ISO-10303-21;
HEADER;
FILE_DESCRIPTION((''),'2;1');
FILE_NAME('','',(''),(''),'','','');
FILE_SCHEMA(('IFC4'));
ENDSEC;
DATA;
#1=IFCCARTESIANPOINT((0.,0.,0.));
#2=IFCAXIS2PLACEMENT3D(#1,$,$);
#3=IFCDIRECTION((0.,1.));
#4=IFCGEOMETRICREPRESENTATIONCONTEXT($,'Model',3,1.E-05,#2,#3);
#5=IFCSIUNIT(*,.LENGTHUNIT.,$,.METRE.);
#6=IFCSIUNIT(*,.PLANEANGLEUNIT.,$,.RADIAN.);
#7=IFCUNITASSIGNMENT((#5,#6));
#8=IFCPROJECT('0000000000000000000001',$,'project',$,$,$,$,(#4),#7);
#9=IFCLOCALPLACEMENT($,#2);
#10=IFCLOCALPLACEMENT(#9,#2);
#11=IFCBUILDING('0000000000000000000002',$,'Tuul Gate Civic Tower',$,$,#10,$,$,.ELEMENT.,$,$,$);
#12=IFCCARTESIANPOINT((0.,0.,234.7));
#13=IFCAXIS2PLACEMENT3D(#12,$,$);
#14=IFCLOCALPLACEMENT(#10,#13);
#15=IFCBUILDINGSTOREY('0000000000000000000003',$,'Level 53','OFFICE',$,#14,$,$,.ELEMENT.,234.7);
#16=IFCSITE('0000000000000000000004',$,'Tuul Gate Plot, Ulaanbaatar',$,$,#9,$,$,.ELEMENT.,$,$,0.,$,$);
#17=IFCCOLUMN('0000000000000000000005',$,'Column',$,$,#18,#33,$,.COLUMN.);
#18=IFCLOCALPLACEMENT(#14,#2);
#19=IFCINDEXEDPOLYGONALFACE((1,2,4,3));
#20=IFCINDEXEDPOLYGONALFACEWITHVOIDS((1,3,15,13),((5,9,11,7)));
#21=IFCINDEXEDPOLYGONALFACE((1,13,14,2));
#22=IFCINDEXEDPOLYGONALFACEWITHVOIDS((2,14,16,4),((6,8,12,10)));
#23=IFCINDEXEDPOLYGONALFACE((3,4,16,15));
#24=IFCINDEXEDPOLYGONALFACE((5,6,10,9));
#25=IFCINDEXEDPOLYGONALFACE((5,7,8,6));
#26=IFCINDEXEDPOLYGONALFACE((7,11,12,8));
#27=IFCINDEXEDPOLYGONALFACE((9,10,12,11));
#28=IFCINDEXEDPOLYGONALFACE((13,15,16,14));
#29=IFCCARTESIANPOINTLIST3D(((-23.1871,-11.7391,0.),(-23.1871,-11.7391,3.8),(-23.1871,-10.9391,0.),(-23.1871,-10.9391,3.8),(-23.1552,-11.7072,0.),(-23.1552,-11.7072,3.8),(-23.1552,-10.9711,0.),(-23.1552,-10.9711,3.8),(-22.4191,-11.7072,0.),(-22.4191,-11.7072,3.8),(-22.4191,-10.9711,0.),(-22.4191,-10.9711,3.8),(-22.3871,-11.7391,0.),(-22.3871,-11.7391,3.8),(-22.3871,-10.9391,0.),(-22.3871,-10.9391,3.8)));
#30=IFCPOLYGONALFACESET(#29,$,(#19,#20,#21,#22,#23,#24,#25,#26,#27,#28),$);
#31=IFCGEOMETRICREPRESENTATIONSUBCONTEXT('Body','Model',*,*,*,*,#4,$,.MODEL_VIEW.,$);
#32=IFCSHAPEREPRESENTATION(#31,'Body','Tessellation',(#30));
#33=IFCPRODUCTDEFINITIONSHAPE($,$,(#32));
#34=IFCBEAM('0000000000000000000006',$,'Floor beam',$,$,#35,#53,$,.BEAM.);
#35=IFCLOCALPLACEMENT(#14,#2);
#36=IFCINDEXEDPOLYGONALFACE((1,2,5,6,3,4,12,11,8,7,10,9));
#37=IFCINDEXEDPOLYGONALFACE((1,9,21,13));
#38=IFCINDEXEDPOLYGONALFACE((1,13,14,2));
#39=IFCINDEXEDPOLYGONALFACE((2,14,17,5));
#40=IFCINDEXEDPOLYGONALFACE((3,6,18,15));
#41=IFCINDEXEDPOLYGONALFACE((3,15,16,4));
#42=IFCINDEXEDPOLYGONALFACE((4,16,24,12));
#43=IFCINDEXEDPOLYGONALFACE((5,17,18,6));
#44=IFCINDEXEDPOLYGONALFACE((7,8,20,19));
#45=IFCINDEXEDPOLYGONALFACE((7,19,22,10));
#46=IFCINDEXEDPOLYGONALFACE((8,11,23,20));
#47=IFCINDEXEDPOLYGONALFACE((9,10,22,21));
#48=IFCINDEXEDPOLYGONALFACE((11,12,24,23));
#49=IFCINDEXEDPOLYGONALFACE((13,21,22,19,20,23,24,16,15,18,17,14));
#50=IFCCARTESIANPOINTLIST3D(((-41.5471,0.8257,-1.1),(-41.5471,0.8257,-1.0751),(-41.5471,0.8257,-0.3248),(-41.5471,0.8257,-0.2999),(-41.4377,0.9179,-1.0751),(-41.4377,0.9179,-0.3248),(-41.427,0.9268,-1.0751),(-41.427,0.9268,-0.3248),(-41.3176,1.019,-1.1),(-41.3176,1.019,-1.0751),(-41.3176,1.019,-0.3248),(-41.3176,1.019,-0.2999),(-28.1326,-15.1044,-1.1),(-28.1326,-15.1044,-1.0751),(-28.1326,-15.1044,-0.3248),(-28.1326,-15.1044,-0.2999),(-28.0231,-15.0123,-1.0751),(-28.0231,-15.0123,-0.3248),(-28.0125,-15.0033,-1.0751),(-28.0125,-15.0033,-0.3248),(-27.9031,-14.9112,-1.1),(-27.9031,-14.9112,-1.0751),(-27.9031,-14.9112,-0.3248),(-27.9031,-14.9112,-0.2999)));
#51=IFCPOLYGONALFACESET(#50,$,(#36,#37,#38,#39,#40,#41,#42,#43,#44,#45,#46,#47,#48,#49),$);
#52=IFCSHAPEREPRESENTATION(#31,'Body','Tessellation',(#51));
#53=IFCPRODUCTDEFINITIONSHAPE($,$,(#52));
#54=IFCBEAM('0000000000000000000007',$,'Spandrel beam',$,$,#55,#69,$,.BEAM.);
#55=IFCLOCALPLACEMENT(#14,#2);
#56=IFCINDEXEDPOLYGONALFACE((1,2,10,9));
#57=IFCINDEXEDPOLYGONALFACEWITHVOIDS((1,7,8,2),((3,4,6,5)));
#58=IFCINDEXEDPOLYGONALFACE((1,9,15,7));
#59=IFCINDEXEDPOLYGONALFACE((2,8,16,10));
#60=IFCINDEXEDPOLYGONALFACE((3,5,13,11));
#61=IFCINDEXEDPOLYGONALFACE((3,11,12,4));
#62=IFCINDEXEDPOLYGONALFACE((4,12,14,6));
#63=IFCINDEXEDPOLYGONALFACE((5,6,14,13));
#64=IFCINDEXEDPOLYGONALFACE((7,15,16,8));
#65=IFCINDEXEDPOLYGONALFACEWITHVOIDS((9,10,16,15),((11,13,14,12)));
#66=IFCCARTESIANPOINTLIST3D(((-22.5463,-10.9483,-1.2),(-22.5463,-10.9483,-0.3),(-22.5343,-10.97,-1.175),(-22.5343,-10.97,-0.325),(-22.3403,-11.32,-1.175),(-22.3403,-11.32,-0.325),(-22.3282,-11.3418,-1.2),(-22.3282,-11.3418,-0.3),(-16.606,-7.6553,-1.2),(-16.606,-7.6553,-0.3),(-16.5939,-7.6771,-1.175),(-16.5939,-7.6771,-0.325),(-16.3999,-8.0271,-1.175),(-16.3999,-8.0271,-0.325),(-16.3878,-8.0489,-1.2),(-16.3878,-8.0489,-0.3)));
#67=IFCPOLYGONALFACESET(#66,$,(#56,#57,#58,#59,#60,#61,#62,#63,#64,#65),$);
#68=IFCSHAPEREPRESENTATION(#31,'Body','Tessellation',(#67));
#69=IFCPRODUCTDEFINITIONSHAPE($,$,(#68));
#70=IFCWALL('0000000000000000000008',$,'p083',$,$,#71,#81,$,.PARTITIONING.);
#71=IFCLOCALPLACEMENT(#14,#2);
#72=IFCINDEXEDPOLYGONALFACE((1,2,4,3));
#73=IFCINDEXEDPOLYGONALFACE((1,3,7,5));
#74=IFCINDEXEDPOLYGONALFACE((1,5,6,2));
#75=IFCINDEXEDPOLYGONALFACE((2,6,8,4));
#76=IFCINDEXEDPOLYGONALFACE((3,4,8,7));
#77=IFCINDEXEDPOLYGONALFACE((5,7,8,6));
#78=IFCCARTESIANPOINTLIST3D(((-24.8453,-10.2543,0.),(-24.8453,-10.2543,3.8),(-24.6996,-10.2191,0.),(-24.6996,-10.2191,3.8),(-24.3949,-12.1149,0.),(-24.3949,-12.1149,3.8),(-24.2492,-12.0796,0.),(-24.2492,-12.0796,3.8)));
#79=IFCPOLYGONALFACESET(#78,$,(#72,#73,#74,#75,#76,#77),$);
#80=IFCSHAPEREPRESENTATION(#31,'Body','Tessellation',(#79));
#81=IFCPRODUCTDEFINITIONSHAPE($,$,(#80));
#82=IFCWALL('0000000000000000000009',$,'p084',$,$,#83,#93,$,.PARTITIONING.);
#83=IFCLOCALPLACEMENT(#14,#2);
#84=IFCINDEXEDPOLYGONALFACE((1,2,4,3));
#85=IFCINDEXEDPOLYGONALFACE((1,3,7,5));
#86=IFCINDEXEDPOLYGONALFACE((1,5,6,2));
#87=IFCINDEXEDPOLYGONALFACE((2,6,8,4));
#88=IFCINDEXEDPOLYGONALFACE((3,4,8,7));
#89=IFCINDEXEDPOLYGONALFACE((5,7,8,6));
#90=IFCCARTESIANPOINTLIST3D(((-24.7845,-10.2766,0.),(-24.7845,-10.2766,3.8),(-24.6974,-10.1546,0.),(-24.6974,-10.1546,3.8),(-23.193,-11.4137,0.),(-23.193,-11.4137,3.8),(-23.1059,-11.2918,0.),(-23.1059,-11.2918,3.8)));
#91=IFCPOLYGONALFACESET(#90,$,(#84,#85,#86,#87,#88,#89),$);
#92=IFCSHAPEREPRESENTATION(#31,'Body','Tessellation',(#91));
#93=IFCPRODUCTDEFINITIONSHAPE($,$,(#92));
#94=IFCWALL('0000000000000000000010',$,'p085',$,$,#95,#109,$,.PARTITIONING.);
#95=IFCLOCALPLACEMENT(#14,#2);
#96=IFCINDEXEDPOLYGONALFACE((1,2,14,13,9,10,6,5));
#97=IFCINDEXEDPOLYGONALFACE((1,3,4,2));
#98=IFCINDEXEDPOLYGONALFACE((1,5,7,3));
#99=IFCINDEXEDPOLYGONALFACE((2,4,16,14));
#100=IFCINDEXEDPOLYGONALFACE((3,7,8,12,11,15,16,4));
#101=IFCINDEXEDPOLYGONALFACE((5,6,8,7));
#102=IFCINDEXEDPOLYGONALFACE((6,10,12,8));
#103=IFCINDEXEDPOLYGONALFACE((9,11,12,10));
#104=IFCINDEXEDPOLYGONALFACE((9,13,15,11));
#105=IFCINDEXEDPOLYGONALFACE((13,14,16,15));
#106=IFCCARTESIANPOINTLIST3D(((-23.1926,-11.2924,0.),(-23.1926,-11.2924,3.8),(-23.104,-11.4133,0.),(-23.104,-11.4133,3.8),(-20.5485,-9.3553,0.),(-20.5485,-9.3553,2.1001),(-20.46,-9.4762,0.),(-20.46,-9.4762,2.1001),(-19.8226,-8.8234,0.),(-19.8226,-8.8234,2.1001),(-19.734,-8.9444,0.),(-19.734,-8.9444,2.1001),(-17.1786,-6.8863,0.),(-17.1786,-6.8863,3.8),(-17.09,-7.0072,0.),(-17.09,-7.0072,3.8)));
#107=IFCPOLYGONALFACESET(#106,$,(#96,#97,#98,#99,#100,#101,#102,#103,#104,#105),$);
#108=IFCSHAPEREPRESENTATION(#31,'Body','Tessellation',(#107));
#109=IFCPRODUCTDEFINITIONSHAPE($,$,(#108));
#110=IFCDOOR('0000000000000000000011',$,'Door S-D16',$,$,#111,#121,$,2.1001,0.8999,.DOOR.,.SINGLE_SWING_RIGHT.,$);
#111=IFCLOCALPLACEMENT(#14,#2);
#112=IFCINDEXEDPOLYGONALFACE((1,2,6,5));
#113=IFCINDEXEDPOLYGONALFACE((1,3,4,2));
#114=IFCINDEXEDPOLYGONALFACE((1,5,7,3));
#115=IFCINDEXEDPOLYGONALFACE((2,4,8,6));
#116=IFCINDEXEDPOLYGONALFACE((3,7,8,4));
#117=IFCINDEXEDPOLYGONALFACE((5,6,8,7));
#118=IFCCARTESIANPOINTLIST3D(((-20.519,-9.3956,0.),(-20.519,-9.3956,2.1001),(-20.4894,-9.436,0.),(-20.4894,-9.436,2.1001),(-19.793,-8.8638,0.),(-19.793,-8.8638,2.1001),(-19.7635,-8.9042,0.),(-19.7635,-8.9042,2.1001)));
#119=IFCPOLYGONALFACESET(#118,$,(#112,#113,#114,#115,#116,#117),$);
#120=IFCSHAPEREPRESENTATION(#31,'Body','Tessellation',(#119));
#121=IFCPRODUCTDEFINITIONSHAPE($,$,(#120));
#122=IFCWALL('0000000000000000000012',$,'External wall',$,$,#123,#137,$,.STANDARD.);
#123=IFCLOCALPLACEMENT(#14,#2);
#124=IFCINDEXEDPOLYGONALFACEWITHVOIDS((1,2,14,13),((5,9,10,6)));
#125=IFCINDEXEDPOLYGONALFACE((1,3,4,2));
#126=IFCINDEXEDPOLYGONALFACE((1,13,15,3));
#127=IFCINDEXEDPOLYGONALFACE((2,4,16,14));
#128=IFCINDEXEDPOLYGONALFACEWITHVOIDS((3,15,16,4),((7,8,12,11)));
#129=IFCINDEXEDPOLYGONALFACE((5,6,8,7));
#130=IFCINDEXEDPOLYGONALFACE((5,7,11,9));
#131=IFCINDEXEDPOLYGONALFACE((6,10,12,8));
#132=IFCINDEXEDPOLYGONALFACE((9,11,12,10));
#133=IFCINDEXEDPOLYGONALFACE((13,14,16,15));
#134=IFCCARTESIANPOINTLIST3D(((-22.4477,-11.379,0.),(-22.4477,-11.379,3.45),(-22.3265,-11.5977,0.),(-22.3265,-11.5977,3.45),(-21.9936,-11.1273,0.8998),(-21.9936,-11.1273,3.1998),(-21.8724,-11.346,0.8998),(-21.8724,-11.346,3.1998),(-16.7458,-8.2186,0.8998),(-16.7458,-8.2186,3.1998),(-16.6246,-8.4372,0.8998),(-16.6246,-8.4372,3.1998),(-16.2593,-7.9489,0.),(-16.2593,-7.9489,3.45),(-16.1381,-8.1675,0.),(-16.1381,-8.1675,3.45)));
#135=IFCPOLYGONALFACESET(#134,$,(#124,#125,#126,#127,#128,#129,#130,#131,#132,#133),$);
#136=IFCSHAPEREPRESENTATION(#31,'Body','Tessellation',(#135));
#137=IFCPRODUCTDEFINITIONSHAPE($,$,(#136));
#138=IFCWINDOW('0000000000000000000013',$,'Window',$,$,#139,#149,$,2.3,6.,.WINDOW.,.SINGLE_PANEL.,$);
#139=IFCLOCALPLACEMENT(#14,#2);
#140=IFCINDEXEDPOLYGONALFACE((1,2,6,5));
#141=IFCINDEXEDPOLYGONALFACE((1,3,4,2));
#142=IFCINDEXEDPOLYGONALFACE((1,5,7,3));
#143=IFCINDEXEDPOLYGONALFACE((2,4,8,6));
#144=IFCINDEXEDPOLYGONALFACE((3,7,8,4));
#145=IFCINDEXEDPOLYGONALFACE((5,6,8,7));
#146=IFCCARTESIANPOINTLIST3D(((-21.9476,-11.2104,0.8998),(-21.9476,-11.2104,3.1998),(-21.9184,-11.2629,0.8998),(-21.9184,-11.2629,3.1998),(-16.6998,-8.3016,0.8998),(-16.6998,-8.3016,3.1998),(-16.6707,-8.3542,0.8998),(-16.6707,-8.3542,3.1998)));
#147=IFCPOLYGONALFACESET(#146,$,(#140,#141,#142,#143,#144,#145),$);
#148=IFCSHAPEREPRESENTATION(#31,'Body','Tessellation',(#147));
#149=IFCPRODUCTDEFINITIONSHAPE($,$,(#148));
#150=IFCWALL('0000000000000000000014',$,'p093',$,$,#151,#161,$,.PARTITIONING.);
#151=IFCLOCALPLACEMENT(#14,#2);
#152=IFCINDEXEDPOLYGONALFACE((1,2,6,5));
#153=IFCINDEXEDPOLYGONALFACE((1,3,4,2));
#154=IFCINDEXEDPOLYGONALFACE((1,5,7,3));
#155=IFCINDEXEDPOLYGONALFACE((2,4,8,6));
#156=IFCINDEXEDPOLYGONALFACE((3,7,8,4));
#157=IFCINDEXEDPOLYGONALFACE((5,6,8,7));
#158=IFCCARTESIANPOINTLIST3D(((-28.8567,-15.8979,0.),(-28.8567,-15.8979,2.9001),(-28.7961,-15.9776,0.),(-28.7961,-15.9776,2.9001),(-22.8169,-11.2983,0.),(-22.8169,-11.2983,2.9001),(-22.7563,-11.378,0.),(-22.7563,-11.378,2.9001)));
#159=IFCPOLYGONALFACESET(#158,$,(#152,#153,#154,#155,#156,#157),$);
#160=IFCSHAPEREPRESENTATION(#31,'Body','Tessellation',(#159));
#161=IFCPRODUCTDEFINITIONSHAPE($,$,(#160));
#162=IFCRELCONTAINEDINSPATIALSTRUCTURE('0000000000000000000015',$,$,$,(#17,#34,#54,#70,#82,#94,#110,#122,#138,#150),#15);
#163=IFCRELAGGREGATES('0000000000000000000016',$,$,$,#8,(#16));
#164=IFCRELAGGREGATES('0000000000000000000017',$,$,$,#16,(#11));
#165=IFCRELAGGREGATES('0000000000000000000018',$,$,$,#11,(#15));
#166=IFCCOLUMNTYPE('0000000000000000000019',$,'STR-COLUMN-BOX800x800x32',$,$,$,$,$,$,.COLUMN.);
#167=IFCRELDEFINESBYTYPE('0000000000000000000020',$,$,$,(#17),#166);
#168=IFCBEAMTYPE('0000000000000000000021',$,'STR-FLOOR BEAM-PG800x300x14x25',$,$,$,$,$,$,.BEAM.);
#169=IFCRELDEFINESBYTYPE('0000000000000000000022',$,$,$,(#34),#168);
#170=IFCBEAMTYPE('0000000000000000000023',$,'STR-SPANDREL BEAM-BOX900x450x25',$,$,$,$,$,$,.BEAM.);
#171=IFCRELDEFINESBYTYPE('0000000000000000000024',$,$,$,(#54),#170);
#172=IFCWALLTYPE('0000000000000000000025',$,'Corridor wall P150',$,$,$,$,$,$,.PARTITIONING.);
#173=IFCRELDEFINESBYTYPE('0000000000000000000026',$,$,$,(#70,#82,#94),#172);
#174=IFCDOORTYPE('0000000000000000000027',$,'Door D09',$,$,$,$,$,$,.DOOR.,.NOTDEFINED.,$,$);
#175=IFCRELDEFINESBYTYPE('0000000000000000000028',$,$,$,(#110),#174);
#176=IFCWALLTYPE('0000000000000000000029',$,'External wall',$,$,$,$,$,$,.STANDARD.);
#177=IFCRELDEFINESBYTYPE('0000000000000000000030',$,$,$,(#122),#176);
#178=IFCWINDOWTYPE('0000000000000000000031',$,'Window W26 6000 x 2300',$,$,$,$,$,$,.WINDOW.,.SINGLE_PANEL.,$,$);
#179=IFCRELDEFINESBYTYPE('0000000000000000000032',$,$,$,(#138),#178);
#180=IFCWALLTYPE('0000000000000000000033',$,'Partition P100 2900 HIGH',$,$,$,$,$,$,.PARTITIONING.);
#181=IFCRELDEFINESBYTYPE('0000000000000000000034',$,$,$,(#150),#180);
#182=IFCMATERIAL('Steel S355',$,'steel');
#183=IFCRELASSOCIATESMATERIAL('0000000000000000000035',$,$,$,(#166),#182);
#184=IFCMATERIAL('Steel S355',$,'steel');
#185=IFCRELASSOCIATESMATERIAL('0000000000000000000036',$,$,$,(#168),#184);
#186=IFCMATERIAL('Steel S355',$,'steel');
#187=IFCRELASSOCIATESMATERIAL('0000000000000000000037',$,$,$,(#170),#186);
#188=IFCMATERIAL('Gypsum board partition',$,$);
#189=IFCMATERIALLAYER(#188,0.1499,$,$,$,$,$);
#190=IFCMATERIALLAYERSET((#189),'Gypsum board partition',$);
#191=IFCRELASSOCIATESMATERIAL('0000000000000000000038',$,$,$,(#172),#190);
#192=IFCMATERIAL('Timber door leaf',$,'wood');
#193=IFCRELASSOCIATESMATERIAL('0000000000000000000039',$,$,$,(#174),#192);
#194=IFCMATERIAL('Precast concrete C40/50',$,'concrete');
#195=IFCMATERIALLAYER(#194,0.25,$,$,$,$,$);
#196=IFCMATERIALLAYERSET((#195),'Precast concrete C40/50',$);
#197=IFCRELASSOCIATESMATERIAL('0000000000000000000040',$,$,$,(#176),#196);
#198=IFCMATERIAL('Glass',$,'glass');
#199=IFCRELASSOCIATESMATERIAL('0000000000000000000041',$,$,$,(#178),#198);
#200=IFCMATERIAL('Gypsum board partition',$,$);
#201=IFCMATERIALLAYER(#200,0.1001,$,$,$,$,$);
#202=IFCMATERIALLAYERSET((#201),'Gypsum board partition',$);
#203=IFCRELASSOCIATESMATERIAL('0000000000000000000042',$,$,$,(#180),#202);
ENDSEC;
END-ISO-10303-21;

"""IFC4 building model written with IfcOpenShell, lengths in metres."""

from ifc_helpers import new_model, si_unit, direction, frame, frame_2d, origin, origin_2d, place, context, subcontext, project, spatial, rectangle, hollow_rectangle, i_section, extrude, material, layer, layer_set, material_profile, profile_set, type_object, element, fill, save


model = new_model("IFC4")

# Units and contexts
model_context = context("Model", 3, precision=1e-05, world=origin(), true_north=direction((0.0, 1.0)))
body_context = subcontext(model_context, "Body", "Model", "MODEL_VIEW")
ifc_project = project(units=[si_unit("LENGTHUNIT", "METRE"), si_unit("PLANEANGLEUNIT", "RADIAN")], contexts=[model_context])

# Site, building, storey
site_placement = place(None, origin())
site = spatial("IfcSite", under=ifc_project, at=site_placement, Name="Tuul Gate Plot, Ulaanbaatar", CompositionType="ELEMENT", RefElevation=0.0)
building_placement = place(site_placement, origin())
building = spatial("IfcBuilding", under=site, at=building_placement, Name="Tuul Gate Civic Tower", CompositionType="ELEMENT")
storey_placement = place(building_placement, frame((0.0, 0.0, 234.7)))
storey = spatial("IfcBuildingStorey", under=building, at=storey_placement, Name="Level 53", Description="OFFICE", CompositionType="ELEMENT", Elevation=234.7)

# Column
ifc_material_1 = material(Name="Steel S355", Category="steel")
ifc_material_profile_1 = material_profile(ifc_material_1, hollow_rectangle(XDim=0.8, YDim=0.8, WallThickness=0.032, at=origin_2d()), Name="BOX800x800x32")
ifc_profile_set_1 = profile_set([ifc_material_profile_1], Name="Steel S355")
column_type = type_object("IfcColumnType", Name="STR-COLUMN-BOX800x800x32", PredefinedType="COLUMN", material=ifc_profile_set_1)
column_placement = place(storey_placement, frame((-22.7871, -11.3391, 0.0), z_axis=(0.0, 0.0, 1.0), x_axis=(1.0, 0.0, 0.0)))
element("IfcColumn", 1, at=column_placement, inside=storey, type_object=column_type, Name="Column", PredefinedType="COLUMN", context=body_context, shape_type="SweptSolid", body=[
    extrude(hollow_rectangle(XDim=0.8, YDim=0.8, WallThickness=0.032, at=origin_2d()), origin(), (0.0, 0.0, 1.0), 3.8),
])

# Beams
ifc_material_2 = material(Name="Steel S355", Category="steel")
ifc_material_profile_2 = material_profile(ifc_material_2, i_section(OverallWidth=0.3, OverallDepth=0.8, WebThickness=0.0139, FlangeThickness=0.0249, at=origin_2d()), Name="PG800x300x14x25")
ifc_profile_set_2 = profile_set([ifc_material_profile_2], Name="Steel S355")
beam_type_1 = type_object("IfcBeamType", Name="STR-FLOOR BEAM-PG800x300x14x25", PredefinedType="BEAM", material=ifc_profile_set_2)
beam_1_placement = place(storey_placement, frame((-28.0178, -15.0078, -0.7), z_axis=(-0.644126, 0.764919, 0.0), x_axis=(-0.764919, -0.644126, 0.0)))
element("IfcBeam", 2, at=beam_1_placement, inside=storey, type_object=beam_type_1, Name="Floor beam", PredefinedType="BEAM", context=body_context, shape_type="SweptSolid", body=[
    extrude(i_section(OverallWidth=0.3, OverallDepth=0.8, WebThickness=0.0139, FlangeThickness=0.0249, at=origin_2d()), origin(), (0.0, 0.0, 1.0), 20.8259),
])
ifc_material_3 = material(Name="Steel S355", Category="steel")
ifc_material_profile_3 = material_profile(ifc_material_3, hollow_rectangle(XDim=0.45, YDim=0.8999, WallThickness=0.0249, at=origin_2d()), Name="BOX900x450x25")
ifc_profile_set_3 = profile_set([ifc_material_profile_3], Name="Steel S355")
beam_type_2 = type_object("IfcBeamType", Name="STR-SPANDREL BEAM-BOX900x450x25", PredefinedType="BEAM", material=ifc_profile_set_3)
beam_2_placement = place(storey_placement, frame((-22.4373, -11.145, -0.75), z_axis=(0.874611, 0.484825, 0.0), x_axis=(-0.484825, 0.874611, 0.0)))
element("IfcBeam", 3, at=beam_2_placement, inside=storey, type_object=beam_type_2, Name="Spandrel beam", PredefinedType="BEAM", context=body_context, shape_type="SweptSolid", body=[
    extrude(hollow_rectangle(XDim=0.45, YDim=0.8999, WallThickness=0.0249, at=origin_2d()), origin(), (0.0, 0.0, 1.0), 6.792),
])

# Walls
ifc_material_4 = material(Name="Gypsum board partition")
ifc_layer_1 = layer(ifc_material_4, 0.1499)
ifc_layer_set_1 = layer_set([ifc_layer_1], Name="Gypsum board partition")
wall_type_1 = type_object("IfcWallType", Name="Corridor wall P150", PredefinedType="PARTITIONING", material=ifc_layer_set_1)
wall_1_placement = place(storey_placement, frame((-24.7725, -10.2368, 0.0), z_axis=(0.0, 0.0, 1.0), x_axis=(0.235297, -0.971924, 0.0)))
element("IfcWall", 4, at=wall_1_placement, inside=storey, type_object=wall_type_1, Name="p083", PredefinedType="PARTITIONING", context=body_context, shape_type="SweptSolid", body=[
    extrude(rectangle(XDim=1.9143, YDim=0.1499, at=frame_2d((0.957, 0.0))), origin(), (0.0, 0.0, 1.0), 3.8),
])
wall_2_placement = place(storey_placement, frame((-24.741, -10.2156, 0.0), z_axis=(0.0, 0.0, 1.0), x_axis=(0.813641, -0.581368, 0.0)))
element("IfcWall", 5, at=wall_2_placement, inside=storey, type_object=wall_type_1, Name="p084", PredefinedType="PARTITIONING", context=body_context, shape_type="SweptSolid", body=[
    extrude(rectangle(XDim=1.9561, YDim=0.1499, at=frame_2d((0.978, 0.0))), origin(), (0.0, 0.0, 1.0), 3.8),
])

# Wall, opening, door
wall_3_placement = place(storey_placement, frame((-23.1482, -11.3528, 0.0), z_axis=(0.0, 0.0, 1.0), x_axis=(0.806674, 0.590997, 0.0)))
wall_3 = element("IfcWall", 6, at=wall_3_placement, inside=storey, type_object=wall_type_1, Name="p085", PredefinedType="PARTITIONING", context=body_context, shape_type="SweptSolid", body=[
    extrude(rectangle(XDim=7.4553, YDim=0.1499, at=frame_2d((3.7275, 0.0))), origin(), (0.0, 0.0, 1.0), 3.8),
])
opening_1_placement = place(wall_3_placement, frame((3.2776, 0.0, 0.0)))
opening_1 = element("IfcOpeningElement", 7, at=opening_1_placement, cuts=wall_3, PredefinedType="OPENING", context=body_context, shape_type="SweptSolid", body=[
    extrude(rectangle(XDim=0.8999, YDim=2.1001, at=frame_2d((0.45, 1.05))), frame((0.0, 0.085, 0.0), z_axis=(0.0, -1.0, 0.0), x_axis=(1.0, 0.0, 0.0)), (0.0, 0.0, 1.0), 0.1699),
])
ifc_material_5 = material(Name="Timber door leaf", Category="wood")
door_type = type_object("IfcDoorType", Name="Door D09", OperationType="NOTDEFINED", PredefinedType="DOOR", material=ifc_material_5)
door_placement = place(opening_1_placement, origin())
door = element("IfcDoor", 8, at=door_placement, inside=storey, type_object=door_type, Name="Door S-D16", OperationType="SINGLE_SWING_RIGHT", OverallHeight=2.1001, OverallWidth=0.8999, PredefinedType="DOOR", context=body_context, shape_type="SweptSolid", body=[
    extrude(rectangle(XDim=0.8999, YDim=2.1001, at=frame_2d((0.45, 1.05))), frame((0.0, 0.0249, 0.0), z_axis=(0.0, -1.0, 0.0), x_axis=(1.0, 0.0, 0.0)), (0.0, 0.0, 1.0), 0.05),
])
fill(opening_1, door)

# Wall, opening, window
ifc_material_6 = material(Name="Precast concrete C40/50", Category="concrete")
ifc_layer_2 = layer(ifc_material_6, 0.25)
ifc_layer_set_2 = layer_set([ifc_layer_2], Name="Precast concrete C40/50")
wall_type_2 = type_object("IfcWallType", Name="External wall", PredefinedType="STANDARD", material=ifc_layer_set_2)
wall_4_placement = place(storey_placement, frame((-22.387, -11.4883, 0.0), z_axis=(0.0, 0.0, 1.0), x_axis=(0.874629, 0.484793, 0.0)))
wall_4 = element("IfcWall", 9, at=wall_4_placement, inside=storey, type_object=wall_type_2, Name="External wall", PredefinedType="STANDARD", context=body_context, shape_type="SweptSolid", body=[
    extrude(rectangle(XDim=7.0754, YDim=0.25, at=frame_2d((3.5376, 0.0))), origin(), (0.0, 0.0, 1.0), 3.45),
])
opening_2_placement = place(wall_4_placement, frame((0.519, 0.0, 0.8999)))
opening_2 = element("IfcOpeningElement", 10, at=opening_2_placement, cuts=wall_4, PredefinedType="OPENING", context=body_context, shape_type="SweptSolid", body=[
    extrude(rectangle(XDim=6.0, YDim=2.3, at=frame_2d((3.0, 1.1499))), frame((0.0, 0.135, 0.0), z_axis=(0.0, -1.0, 0.0), x_axis=(1.0, 0.0, 0.0)), (0.0, 0.0, 1.0), 0.27),
])
ifc_material_7 = material(Name="Glass", Category="glass")
window_type = type_object("IfcWindowType", Name="Window W26 6000 x 2300", PartitioningType="SINGLE_PANEL", PredefinedType="WINDOW", material=ifc_material_7)
window_placement = place(opening_2_placement, origin())
window = element("IfcWindow", 11, at=window_placement, inside=storey, type_object=window_type, Name="Window", OverallHeight=2.3, OverallWidth=6.0, PartitioningType="SINGLE_PANEL", PredefinedType="WINDOW", context=body_context, shape_type="SweptSolid", body=[
    extrude(rectangle(XDim=6.0, YDim=2.3, at=frame_2d((3.0, 1.1499))), frame((0.0, 0.03, 0.0), z_axis=(0.0, -1.0, 0.0), x_axis=(1.0, 0.0, 0.0)), (0.0, 0.0, 1.0), 0.0601),
])
fill(opening_2, window)

# Wall
ifc_material_8 = material(Name="Gypsum board partition")
ifc_layer_3 = layer(ifc_material_8, 0.1001)
ifc_layer_set_3 = layer_set([ifc_layer_3], Name="Gypsum board partition")
wall_type_3 = type_object("IfcWallType", Name="Partition P100 2900 HIGH", PredefinedType="PARTITIONING", material=ifc_layer_set_3)
wall_5_placement = place(storey_placement, frame((-22.7866, -11.3381, 0.0), z_axis=(0.0, 0.0, 1.0), x_axis=(-0.795568, -0.605865, 0.0)))
element("IfcWall", 12, at=wall_5_placement, inside=storey, type_object=wall_type_3, Name="p093", PredefinedType="PARTITIONING", context=body_context, shape_type="SweptSolid", body=[
    extrude(rectangle(XDim=7.5918, YDim=0.1001, at=frame_2d((3.7959, 0.0))), origin(), (0.0, 0.0, 1.0), 2.9001),
])

save(model, "model.ifc")
